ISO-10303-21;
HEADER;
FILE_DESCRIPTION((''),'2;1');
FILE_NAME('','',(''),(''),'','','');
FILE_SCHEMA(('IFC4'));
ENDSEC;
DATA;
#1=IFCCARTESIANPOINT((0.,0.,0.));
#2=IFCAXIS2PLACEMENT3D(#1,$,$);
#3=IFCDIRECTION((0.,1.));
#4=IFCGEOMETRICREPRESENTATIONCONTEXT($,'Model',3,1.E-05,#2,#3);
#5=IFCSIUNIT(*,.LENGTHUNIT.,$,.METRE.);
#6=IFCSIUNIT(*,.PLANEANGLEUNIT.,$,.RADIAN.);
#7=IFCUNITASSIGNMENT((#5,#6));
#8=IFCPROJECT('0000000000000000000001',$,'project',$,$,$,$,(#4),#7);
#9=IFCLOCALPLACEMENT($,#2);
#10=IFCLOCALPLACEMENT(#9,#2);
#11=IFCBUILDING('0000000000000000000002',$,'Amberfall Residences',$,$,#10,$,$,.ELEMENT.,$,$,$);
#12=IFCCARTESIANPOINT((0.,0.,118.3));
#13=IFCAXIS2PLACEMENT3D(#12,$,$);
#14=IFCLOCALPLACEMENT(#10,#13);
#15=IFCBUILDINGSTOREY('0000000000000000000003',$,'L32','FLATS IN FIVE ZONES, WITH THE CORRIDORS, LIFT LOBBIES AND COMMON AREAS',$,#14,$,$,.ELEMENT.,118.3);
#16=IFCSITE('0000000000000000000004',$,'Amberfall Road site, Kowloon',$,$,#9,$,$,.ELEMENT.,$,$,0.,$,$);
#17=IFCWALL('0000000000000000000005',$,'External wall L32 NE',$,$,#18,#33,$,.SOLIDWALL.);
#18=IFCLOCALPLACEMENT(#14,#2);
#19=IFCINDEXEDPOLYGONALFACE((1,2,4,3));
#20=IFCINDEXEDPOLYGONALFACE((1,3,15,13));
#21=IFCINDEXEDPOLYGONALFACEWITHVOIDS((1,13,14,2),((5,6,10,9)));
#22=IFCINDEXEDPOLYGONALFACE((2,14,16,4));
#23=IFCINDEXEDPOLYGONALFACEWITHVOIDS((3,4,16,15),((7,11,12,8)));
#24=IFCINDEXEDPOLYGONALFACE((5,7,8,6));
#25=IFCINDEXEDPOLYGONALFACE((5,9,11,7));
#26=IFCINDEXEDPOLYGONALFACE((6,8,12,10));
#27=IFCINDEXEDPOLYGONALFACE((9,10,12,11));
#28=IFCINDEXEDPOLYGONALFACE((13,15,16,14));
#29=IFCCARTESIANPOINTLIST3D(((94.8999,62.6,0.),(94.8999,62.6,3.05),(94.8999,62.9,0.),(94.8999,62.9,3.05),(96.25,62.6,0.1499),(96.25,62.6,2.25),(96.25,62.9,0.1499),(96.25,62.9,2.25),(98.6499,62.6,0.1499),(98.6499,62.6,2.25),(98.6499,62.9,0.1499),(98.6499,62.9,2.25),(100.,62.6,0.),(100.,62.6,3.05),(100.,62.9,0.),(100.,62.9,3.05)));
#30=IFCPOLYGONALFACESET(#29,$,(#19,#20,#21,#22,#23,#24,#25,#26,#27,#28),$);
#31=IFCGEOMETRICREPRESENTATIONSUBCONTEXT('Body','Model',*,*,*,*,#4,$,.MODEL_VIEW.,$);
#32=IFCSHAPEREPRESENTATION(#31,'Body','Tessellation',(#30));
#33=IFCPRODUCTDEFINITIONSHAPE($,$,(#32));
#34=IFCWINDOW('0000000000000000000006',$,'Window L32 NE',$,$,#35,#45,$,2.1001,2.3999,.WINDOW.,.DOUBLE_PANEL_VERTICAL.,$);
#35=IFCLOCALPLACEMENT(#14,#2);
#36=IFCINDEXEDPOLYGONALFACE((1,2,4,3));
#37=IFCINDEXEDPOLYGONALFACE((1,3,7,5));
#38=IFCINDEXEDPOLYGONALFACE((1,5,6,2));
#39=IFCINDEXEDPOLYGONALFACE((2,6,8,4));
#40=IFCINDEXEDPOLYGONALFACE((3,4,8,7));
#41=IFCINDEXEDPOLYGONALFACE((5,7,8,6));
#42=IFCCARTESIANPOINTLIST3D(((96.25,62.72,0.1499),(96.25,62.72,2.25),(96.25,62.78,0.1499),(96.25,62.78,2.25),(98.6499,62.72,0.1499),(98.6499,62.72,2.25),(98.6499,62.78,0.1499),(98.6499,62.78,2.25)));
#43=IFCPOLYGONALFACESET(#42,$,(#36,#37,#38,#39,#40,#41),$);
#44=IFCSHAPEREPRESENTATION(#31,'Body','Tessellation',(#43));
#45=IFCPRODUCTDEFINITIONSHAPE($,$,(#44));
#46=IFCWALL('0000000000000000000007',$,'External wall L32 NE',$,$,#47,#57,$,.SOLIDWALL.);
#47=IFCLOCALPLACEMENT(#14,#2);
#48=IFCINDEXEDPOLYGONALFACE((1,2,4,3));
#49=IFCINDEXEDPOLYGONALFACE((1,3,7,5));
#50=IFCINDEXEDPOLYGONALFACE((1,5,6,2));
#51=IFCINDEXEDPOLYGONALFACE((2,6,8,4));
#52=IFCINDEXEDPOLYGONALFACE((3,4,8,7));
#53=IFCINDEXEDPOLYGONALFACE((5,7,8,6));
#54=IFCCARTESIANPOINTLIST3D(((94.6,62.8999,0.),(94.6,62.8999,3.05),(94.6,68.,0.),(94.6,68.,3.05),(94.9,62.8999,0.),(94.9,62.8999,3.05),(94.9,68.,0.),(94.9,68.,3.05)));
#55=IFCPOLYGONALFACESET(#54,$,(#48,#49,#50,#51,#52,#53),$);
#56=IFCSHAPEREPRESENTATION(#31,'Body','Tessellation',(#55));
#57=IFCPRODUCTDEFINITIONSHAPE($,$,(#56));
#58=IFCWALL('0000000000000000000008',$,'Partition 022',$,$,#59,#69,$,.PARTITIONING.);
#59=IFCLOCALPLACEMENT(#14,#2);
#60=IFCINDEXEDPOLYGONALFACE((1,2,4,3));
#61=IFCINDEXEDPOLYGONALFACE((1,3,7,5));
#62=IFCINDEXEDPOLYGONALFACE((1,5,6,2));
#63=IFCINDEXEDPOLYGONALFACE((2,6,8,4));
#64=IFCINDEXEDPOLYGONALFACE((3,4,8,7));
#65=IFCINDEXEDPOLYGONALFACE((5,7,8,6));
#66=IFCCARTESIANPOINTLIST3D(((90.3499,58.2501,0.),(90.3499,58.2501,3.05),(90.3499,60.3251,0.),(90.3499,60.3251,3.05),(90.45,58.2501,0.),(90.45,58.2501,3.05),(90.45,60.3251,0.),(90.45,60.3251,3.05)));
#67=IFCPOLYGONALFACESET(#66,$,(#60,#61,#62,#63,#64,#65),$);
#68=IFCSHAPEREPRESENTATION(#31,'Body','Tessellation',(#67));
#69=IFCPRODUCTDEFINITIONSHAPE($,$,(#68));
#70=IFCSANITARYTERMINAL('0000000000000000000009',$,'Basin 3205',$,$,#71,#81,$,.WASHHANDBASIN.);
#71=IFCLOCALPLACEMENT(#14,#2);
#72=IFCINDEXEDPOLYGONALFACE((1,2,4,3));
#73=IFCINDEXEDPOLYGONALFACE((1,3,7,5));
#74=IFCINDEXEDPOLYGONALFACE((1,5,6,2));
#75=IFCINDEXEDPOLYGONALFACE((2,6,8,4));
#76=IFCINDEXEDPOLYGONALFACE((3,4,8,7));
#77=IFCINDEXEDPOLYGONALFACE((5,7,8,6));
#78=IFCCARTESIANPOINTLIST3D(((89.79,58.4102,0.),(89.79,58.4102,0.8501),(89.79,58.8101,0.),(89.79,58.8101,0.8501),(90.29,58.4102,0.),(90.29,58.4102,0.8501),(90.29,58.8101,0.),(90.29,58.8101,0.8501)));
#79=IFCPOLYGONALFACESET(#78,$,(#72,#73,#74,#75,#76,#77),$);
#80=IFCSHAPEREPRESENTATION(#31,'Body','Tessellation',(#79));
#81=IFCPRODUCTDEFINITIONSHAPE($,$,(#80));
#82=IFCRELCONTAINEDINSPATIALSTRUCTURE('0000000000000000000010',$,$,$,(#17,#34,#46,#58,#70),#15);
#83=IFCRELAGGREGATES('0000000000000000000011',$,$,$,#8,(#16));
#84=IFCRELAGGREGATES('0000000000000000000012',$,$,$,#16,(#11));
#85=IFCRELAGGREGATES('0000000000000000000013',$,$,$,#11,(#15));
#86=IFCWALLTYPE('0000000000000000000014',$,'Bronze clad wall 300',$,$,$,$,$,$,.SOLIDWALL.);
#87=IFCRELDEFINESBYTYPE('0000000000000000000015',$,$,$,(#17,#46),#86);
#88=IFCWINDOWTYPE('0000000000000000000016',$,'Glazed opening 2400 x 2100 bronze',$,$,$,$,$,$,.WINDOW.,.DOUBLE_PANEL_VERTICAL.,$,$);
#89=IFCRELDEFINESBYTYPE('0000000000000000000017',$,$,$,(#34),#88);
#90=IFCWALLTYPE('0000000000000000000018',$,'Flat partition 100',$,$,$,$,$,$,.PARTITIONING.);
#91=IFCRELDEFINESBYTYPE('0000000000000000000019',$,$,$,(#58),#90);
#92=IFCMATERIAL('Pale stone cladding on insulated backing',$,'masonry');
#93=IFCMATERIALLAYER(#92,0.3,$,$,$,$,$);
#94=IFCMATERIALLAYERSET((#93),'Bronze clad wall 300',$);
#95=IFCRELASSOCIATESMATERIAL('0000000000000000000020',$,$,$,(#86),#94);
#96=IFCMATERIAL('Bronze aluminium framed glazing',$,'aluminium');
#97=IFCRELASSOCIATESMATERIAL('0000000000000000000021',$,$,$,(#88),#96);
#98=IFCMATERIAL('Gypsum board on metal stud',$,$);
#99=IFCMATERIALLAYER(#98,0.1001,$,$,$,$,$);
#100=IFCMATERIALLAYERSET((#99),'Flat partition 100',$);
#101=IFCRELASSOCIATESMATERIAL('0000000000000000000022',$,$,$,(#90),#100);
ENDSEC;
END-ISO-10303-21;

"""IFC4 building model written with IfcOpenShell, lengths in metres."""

from ifc_helpers import new_model, si_unit, direction, frame, frame_2d, origin, origin_2d, place, context, subcontext, project, spatial, rectangle, extrude, material, layer, layer_set, type_object, element, fill, save


model = new_model("IFC4")

# Units and contexts
model_context = context("Model", 3, precision=1e-05, world=origin(), true_north=direction((0.0, 1.0)))
body_context = subcontext(model_context, "Body", "Model", "MODEL_VIEW")
ifc_project = project(units=[si_unit("LENGTHUNIT", "METRE"), si_unit("PLANEANGLEUNIT", "RADIAN")], contexts=[model_context])

# Site, building, storey
site_placement = place(None, origin())
site = spatial("IfcSite", under=ifc_project, at=site_placement, Name="Amberfall Road site, Kowloon", CompositionType="ELEMENT", RefElevation=0.0)
building_placement = place(site_placement, origin())
building = spatial("IfcBuilding", under=site, at=building_placement, Name="Amberfall Residences", CompositionType="ELEMENT")
storey_placement = place(building_placement, frame((0.0, 0.0, 118.3)))
storey = spatial("IfcBuildingStorey", under=building, at=storey_placement, Name="L32", Description="FLATS IN FIVE ZONES, WITH THE CORRIDORS, LIFT LOBBIES AND COMMON AREAS", CompositionType="ELEMENT", Elevation=118.3)

# Wall, opening, window
ifc_material_1 = material(Name="Pale stone cladding on insulated backing", Category="masonry")
ifc_layer_1 = layer(ifc_material_1, 0.3)
ifc_layer_set_1 = layer_set([ifc_layer_1], Name="Bronze clad wall 300")
wall_type_1 = type_object("IfcWallType", Name="Bronze clad wall 300", PredefinedType="SOLIDWALL", material=ifc_layer_set_1)
wall_1_placement = place(storey_placement, frame((100.0, 62.75, 0.0), z_axis=(0.0, 0.0, 1.0), x_axis=(-1.0, 0.0, 0.0)))
wall_1 = element("IfcWall", 1, at=wall_1_placement, inside=storey, type_object=wall_type_1, Name="External wall L32 NE", PredefinedType="SOLIDWALL", context=body_context, shape_type="SweptSolid", body=[
    extrude(rectangle(XDim=5.1001, YDim=0.3, at=frame_2d((2.55, 0.0))), origin(), (0.0, 0.0, 1.0), 3.05),
])
opening_placement = place(wall_1_placement, frame((1.3501, 0.0, 0.1499)))
opening = element("IfcOpeningElement", 2, at=opening_placement, cuts=wall_1, PredefinedType="OPENING", context=body_context, shape_type="SweptSolid", body=[
    extrude(rectangle(XDim=2.3999, YDim=2.1001, at=frame_2d((1.2, 1.05))), frame((0.0, 0.1599, 0.0), z_axis=(0.0, -1.0, 0.0), x_axis=(1.0, 0.0, 0.0)), (0.0, 0.0, 1.0), 0.3201),
])
ifc_material_2 = material(Name="Bronze aluminium framed glazing", Category="aluminium")
window_type = type_object("IfcWindowType", Name="Glazed opening 2400 x 2100 bronze", PartitioningType="DOUBLE_PANEL_VERTICAL", PredefinedType="WINDOW", material=ifc_material_2)
window_placement = place(opening_placement, origin())
window = element("IfcWindow", 3, at=window_placement, inside=storey, type_object=window_type, Name="Window L32 NE", OverallHeight=2.1001, OverallWidth=2.3999, PartitioningType="DOUBLE_PANEL_VERTICAL", PredefinedType="WINDOW", context=body_context, shape_type="SweptSolid", body=[
    extrude(rectangle(XDim=2.3999, YDim=2.1001, at=frame_2d((1.2, 1.05))), frame((0.0, 0.03, 0.0), z_axis=(0.0, -1.0, 0.0), x_axis=(1.0, 0.0, 0.0)), (0.0, 0.0, 1.0), 0.0601),
])
fill(opening, window)

# Walls
wall_2_placement = place(storey_placement, frame((94.75, 62.8999, 0.0), z_axis=(0.0, 0.0, 1.0), x_axis=(0.0, 1.0, 0.0)))
element("IfcWall", 4, at=wall_2_placement, inside=storey, type_object=wall_type_1, Name="External wall L32 NE", PredefinedType="SOLIDWALL", context=body_context, shape_type="SweptSolid", body=[
    extrude(rectangle(XDim=5.1001, YDim=0.3, at=frame_2d((2.55, 0.0))), origin(), (0.0, 0.0, 1.0), 3.05),
])
ifc_material_3 = material(Name="Gypsum board on metal stud")
ifc_layer_2 = layer(ifc_material_3, 0.1001)
ifc_layer_set_2 = layer_set([ifc_layer_2], Name="Flat partition 100")
wall_type_2 = type_object("IfcWallType", Name="Flat partition 100", PredefinedType="PARTITIONING", material=ifc_layer_set_2)
wall_3_placement = place(storey_placement, frame((90.3999, 58.25, 0.0), z_axis=(0.0, 0.0, 1.0), x_axis=(0.0, 1.0, 0.0)))
element("IfcWall", 5, at=wall_3_placement, inside=storey, type_object=wall_type_2, Name="Partition 022", PredefinedType="PARTITIONING", context=body_context, shape_type="SweptSolid", body=[
    extrude(rectangle(XDim=2.075, YDim=0.1001, at=frame_2d((1.0376, 0.0))), origin(), (0.0, 0.0, 1.0), 3.05),
])

# Sanitary terminal
sanitary_terminal_placement = place(storey_placement, frame((90.04, 58.6101, 0.0), z_axis=(0.0, 0.0, 1.0), x_axis=(1.0, 0.0, 0.0)))
element("IfcSanitaryTerminal", 6, at=sanitary_terminal_placement, inside=storey, Name="Basin 3205", PredefinedType="WASHHANDBASIN", context=body_context, shape_type="SweptSolid", body=[
    extrude(rectangle(XDim=0.5, YDim=0.3999, at=origin_2d()), origin(), (0.0, 0.0, 1.0), 0.8501),
])

save(model, "model.ifc")
